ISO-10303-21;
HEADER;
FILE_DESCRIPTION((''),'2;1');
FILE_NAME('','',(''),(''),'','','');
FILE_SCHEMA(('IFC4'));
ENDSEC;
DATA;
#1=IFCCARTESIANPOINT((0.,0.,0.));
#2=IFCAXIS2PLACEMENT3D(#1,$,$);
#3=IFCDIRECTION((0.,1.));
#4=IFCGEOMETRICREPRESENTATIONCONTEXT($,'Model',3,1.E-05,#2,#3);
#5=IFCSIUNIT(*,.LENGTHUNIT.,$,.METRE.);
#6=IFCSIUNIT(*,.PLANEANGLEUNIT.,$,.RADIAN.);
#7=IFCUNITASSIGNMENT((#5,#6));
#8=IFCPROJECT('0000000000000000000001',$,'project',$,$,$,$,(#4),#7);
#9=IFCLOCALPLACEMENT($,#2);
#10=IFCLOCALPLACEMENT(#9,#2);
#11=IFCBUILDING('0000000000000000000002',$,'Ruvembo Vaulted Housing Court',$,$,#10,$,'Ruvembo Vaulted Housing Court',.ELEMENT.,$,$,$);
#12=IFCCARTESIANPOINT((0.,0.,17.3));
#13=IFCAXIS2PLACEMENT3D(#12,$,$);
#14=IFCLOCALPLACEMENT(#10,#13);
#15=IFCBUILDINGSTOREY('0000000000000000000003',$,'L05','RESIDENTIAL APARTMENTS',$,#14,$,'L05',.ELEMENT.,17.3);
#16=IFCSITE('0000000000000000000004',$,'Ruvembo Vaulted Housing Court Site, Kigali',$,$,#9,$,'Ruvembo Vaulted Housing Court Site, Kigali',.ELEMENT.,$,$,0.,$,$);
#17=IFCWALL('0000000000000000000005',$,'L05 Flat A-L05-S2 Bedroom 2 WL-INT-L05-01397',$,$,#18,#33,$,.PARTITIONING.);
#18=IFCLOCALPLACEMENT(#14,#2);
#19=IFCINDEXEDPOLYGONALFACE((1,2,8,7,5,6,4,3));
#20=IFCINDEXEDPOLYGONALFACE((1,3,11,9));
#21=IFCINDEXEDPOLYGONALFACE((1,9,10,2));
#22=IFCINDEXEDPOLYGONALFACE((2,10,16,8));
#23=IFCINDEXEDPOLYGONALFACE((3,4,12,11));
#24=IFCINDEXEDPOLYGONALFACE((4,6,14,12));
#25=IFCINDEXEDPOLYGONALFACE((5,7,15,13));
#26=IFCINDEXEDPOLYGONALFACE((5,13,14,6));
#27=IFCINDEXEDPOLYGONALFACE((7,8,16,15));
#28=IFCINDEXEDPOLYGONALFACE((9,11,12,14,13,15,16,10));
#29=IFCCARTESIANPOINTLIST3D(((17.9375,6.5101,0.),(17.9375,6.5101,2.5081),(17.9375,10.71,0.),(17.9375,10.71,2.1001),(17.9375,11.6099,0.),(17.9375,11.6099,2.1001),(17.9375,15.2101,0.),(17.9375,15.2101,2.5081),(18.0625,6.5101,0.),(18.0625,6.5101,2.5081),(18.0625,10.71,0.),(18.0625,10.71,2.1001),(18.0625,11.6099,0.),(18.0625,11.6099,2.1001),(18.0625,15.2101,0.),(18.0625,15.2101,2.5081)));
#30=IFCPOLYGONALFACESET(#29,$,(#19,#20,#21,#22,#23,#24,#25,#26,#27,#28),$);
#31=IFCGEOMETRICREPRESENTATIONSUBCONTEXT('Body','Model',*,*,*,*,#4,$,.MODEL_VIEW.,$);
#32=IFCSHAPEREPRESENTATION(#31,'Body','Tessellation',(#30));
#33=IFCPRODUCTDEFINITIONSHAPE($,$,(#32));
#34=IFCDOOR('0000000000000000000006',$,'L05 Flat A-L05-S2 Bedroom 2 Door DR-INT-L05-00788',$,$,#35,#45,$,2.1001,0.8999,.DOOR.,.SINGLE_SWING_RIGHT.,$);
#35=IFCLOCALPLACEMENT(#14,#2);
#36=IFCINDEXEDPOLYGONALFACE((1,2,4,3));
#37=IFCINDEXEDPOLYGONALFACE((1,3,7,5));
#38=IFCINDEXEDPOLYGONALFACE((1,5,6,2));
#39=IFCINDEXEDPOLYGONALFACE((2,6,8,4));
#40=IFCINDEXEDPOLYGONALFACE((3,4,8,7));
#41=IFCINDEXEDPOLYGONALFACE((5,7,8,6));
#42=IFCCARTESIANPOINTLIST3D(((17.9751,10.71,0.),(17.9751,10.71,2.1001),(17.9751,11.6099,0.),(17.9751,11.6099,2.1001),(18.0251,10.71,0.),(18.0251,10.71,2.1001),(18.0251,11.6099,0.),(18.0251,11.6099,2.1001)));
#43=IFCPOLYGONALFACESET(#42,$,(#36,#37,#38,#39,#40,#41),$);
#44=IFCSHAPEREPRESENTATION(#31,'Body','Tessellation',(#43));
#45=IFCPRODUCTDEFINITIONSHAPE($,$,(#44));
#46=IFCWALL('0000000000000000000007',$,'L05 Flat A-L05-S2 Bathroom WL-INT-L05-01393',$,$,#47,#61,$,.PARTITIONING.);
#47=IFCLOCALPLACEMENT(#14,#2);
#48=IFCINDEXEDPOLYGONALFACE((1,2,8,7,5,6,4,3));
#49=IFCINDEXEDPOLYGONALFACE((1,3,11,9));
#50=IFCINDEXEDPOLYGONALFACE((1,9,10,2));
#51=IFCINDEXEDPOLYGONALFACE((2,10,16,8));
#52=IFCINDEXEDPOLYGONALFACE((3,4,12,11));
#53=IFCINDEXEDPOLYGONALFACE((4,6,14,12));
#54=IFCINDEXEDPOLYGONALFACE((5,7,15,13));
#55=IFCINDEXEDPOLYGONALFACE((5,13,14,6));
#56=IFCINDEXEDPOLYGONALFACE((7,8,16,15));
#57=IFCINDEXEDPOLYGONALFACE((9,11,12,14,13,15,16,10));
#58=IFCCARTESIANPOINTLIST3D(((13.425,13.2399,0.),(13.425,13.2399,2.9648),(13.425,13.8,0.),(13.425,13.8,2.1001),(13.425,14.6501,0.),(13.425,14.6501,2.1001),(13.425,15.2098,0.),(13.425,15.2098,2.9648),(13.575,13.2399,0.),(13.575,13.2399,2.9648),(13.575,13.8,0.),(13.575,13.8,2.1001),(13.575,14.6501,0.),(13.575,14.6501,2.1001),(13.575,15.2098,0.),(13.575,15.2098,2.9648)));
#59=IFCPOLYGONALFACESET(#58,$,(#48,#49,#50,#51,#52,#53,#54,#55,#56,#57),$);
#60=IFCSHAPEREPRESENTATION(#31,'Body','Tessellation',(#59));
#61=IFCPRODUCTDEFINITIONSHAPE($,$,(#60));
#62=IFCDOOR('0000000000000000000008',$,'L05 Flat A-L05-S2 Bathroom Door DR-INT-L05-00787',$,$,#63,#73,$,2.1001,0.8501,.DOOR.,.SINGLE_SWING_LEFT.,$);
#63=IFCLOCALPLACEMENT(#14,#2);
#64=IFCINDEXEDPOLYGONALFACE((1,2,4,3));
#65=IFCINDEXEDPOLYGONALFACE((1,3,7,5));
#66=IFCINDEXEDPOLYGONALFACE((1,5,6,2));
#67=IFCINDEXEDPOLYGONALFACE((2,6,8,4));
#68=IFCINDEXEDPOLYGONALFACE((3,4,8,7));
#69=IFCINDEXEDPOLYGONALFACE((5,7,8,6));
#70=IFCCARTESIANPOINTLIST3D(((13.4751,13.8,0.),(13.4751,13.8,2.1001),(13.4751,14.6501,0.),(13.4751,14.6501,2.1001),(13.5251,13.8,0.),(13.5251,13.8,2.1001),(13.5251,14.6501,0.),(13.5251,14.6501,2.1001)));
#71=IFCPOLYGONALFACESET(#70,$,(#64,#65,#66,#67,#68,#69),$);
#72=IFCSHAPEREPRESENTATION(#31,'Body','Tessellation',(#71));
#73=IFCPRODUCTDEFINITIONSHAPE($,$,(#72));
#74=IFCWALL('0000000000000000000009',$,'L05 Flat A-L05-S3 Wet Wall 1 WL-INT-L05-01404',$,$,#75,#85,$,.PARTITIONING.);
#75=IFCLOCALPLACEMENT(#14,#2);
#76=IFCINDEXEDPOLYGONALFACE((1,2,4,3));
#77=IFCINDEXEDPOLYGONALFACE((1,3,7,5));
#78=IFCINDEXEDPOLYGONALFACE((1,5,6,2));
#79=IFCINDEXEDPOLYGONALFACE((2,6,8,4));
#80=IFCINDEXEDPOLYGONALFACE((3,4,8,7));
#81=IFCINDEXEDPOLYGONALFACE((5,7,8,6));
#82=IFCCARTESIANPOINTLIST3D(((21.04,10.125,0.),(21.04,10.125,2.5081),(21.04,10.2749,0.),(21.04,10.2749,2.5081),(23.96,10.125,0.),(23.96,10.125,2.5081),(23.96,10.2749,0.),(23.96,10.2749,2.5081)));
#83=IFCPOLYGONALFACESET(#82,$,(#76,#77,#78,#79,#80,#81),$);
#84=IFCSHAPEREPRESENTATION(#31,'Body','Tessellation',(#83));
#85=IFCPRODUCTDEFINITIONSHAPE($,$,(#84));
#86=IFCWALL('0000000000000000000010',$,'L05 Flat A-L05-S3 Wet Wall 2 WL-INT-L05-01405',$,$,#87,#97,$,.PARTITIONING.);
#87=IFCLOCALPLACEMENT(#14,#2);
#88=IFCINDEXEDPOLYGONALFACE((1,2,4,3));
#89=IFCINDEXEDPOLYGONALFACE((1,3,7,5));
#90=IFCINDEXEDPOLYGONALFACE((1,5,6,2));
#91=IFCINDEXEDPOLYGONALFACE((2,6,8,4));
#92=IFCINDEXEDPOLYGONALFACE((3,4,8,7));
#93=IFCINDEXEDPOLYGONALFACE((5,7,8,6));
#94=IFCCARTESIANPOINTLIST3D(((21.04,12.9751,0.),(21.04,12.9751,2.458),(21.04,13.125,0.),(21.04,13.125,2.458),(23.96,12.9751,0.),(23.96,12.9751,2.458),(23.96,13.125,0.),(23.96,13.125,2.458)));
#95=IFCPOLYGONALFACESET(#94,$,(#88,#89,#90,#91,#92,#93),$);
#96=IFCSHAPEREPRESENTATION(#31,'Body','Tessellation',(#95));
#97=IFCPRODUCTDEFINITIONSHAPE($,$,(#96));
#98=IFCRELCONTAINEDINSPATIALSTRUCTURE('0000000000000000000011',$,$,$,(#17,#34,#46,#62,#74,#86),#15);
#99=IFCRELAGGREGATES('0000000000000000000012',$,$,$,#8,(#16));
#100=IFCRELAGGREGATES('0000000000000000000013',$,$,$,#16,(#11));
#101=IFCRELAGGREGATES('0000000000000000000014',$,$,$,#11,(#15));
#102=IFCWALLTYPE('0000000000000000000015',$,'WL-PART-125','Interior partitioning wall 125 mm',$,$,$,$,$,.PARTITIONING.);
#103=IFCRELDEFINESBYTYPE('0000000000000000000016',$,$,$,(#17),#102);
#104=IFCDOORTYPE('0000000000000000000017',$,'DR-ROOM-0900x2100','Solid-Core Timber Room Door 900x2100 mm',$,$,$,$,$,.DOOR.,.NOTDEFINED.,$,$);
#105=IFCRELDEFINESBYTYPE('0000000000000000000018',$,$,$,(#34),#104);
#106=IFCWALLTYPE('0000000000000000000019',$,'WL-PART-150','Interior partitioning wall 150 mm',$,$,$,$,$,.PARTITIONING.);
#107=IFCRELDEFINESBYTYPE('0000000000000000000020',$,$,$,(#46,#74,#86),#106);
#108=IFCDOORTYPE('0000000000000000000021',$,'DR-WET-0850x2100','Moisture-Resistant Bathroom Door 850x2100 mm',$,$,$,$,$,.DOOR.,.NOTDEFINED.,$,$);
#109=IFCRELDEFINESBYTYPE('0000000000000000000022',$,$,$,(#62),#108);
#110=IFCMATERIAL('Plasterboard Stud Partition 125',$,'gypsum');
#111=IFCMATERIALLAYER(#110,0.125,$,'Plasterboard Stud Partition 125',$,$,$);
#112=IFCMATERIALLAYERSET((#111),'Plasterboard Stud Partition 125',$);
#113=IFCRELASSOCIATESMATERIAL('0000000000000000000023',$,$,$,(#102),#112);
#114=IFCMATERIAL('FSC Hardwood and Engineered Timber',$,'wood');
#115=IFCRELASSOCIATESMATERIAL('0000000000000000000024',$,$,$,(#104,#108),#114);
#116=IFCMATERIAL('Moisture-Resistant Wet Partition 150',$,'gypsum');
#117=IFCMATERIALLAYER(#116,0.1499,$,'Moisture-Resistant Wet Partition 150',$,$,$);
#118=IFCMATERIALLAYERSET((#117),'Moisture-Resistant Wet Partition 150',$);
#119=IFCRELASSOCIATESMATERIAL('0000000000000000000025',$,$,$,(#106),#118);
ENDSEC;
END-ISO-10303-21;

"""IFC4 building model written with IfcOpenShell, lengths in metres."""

from ifc_helpers import new_model, si_unit, direction, frame, frame_2d, origin, place, context, subcontext, project, spatial, rectangle, extrude, material, layer, layer_set, type_object, element, fill, save


model = new_model("IFC4")

# Units and contexts
model_context = context("Model", 3, precision=1e-05, world=origin(), true_north=direction((0.0, 1.0)))
body_context = subcontext(model_context, "Body", "Model", "MODEL_VIEW")
ifc_project = project(units=[si_unit("LENGTHUNIT", "METRE"), si_unit("PLANEANGLEUNIT", "RADIAN")], contexts=[model_context])

# Site, building, storey
site_placement = place(None, origin())
site = spatial("IfcSite", under=ifc_project, at=site_placement, Name="Ruvembo Vaulted Housing Court Site, Kigali", LongName="Ruvembo Vaulted Housing Court Site, Kigali", CompositionType="ELEMENT", RefElevation=0.0)
building_placement = place(site_placement, origin())
building = spatial("IfcBuilding", under=site, at=building_placement, Name="Ruvembo Vaulted Housing Court", LongName="Ruvembo Vaulted Housing Court", CompositionType="ELEMENT")
storey_placement = place(building_placement, frame((0.0, 0.0, 17.3)))
storey = spatial("IfcBuildingStorey", under=building, at=storey_placement, Name="L05", Description="RESIDENTIAL APARTMENTS", LongName="L05", CompositionType="ELEMENT", Elevation=17.3)

# Shared definitions
ifc_material_1 = material(Name="FSC Hardwood and Engineered Timber", Category="wood")

# Walls, openings, doors
ifc_material_2 = material(Name="Plasterboard Stud Partition 125", Category="gypsum")
ifc_layer_1 = layer(ifc_material_2, 0.125, Name="Plasterboard Stud Partition 125")
ifc_layer_set_1 = layer_set([ifc_layer_1], Name="Plasterboard Stud Partition 125")
wall_type_1 = type_object("IfcWallType", Name="WL-PART-125", Description="Interior partitioning wall 125 mm", PredefinedType="PARTITIONING", material=ifc_layer_set_1)
wall_1_placement = place(storey_placement, frame((18.0, 6.51, 0.0), z_axis=(0.0, 0.0, 1.0), x_axis=(0.0, 1.0, 0.0)))
wall_1 = element("IfcWall", 1, at=wall_1_placement, inside=storey, type_object=wall_type_1, Name="L05 Flat A-L05-S2 Bedroom 2 WL-INT-L05-01397", PredefinedType="PARTITIONING", context=body_context, shape_type="SweptSolid", body=[
    extrude(rectangle(XDim=8.7, YDim=0.125, at=frame_2d((4.3501, 0.0))), origin(), (0.0, 0.0, 1.0), 2.5081),
])
opening_1_placement = place(wall_1_placement, frame((4.2, 0.0, 0.0)))
opening_1 = element("IfcOpeningElement", 2, at=opening_1_placement, cuts=wall_1, PredefinedType="OPENING", context=body_context, shape_type="SweptSolid", body=[
    extrude(rectangle(XDim=0.8999, YDim=2.1001, at=frame_2d((0.45, 1.05))), frame((0.0, 0.0725, 0.0), z_axis=(0.0, -1.0, 0.0), x_axis=(1.0, 0.0, 0.0)), (0.0, 0.0, 1.0), 0.145),
])
door_type_1 = type_object("IfcDoorType", Name="DR-ROOM-0900x2100", Description="Solid-Core Timber Room Door 900x2100 mm", OperationType="NOTDEFINED", PredefinedType="DOOR", material=ifc_material_1)
door_1_placement = place(opening_1_placement, origin())
door_1 = element("IfcDoor", 3, at=door_1_placement, inside=storey, type_object=door_type_1, Name="L05 Flat A-L05-S2 Bedroom 2 Door DR-INT-L05-00788", OperationType="SINGLE_SWING_RIGHT", OverallHeight=2.1001, OverallWidth=0.8999, PredefinedType="DOOR", context=body_context, shape_type="SweptSolid", body=[
    extrude(rectangle(XDim=0.8999, YDim=2.1001, at=frame_2d((0.45, 1.05))), frame((0.0, 0.0249, 0.0), z_axis=(0.0, -1.0, 0.0), x_axis=(1.0, 0.0, 0.0)), (0.0, 0.0, 1.0), 0.05),
])
fill(opening_1, door_1)
ifc_material_3 = material(Name="Moisture-Resistant Wet Partition 150", Category="gypsum")
ifc_layer_2 = layer(ifc_material_3, 0.1499, Name="Moisture-Resistant Wet Partition 150")
ifc_layer_set_2 = layer_set([ifc_layer_2], Name="Moisture-Resistant Wet Partition 150")
wall_type_2 = type_object("IfcWallType", Name="WL-PART-150", Description="Interior partitioning wall 150 mm", PredefinedType="PARTITIONING", material=ifc_layer_set_2)
wall_2_placement = place(storey_placement, frame((13.5, 13.24, 0.0), z_axis=(0.0, 0.0, 1.0), x_axis=(0.0, 1.0, 0.0)))
wall_2 = element("IfcWall", 4, at=wall_2_placement, inside=storey, type_object=wall_type_2, Name="L05 Flat A-L05-S2 Bathroom WL-INT-L05-01393", PredefinedType="PARTITIONING", context=body_context, shape_type="SweptSolid", body=[
    extrude(rectangle(XDim=1.97, YDim=0.1499, at=frame_2d((0.9849, 0.0))), origin(), (0.0, 0.0, 1.0), 2.9648),
])
opening_2_placement = place(wall_2_placement, frame((0.5601, 0.0, 0.0)))
opening_2 = element("IfcOpeningElement", 5, at=opening_2_placement, cuts=wall_2, PredefinedType="OPENING", context=body_context, shape_type="SweptSolid", body=[
    extrude(rectangle(XDim=0.8501, YDim=2.1001, at=frame_2d((0.425, 1.05))), frame((0.0, 0.085, 0.0), z_axis=(0.0, -1.0, 0.0), x_axis=(1.0, 0.0, 0.0)), (0.0, 0.0, 1.0), 0.1699),
])
door_type_2 = type_object("IfcDoorType", Name="DR-WET-0850x2100", Description="Moisture-Resistant Bathroom Door 850x2100 mm", OperationType="NOTDEFINED", PredefinedType="DOOR", material=ifc_material_1)
door_2_placement = place(opening_2_placement, origin())
door_2 = element("IfcDoor", 6, at=door_2_placement, inside=storey, type_object=door_type_2, Name="L05 Flat A-L05-S2 Bathroom Door DR-INT-L05-00787", OperationType="SINGLE_SWING_LEFT", OverallHeight=2.1001, OverallWidth=0.8501, PredefinedType="DOOR", context=body_context, shape_type="SweptSolid", body=[
    extrude(rectangle(XDim=0.8501, YDim=2.1001, at=frame_2d((0.425, 1.05))), frame((0.0, 0.0249, 0.0), z_axis=(0.0, -1.0, 0.0), x_axis=(1.0, 0.0, 0.0)), (0.0, 0.0, 1.0), 0.05),
])
fill(opening_2, door_2)

# Walls
wall_3_placement = place(storey_placement, frame((21.04, 10.2, 0.0), z_axis=(0.0, 0.0, 1.0), x_axis=(1.0, 0.0, 0.0)))
element("IfcWall", 7, at=wall_3_placement, inside=storey, type_object=wall_type_2, Name="L05 Flat A-L05-S3 Wet Wall 1 WL-INT-L05-01404", PredefinedType="PARTITIONING", context=body_context, shape_type="SweptSolid", body=[
    extrude(rectangle(XDim=2.9199, YDim=0.1499, at=frame_2d((1.46, 0.0))), origin(), (0.0, 0.0, 1.0), 2.5081),
])
wall_4_placement = place(storey_placement, frame((21.04, 13.05, 0.0), z_axis=(0.0, 0.0, 1.0), x_axis=(1.0, 0.0, 0.0)))
element("IfcWall", 8, at=wall_4_placement, inside=storey, type_object=wall_type_2, Name="L05 Flat A-L05-S3 Wet Wall 2 WL-INT-L05-01405", PredefinedType="PARTITIONING", context=body_context, shape_type="SweptSolid", body=[
    extrude(rectangle(XDim=2.9199, YDim=0.1499, at=frame_2d((1.46, 0.0))), origin(), (0.0, 0.0, 1.0), 2.458),
])

save(model, "model.ifc")
